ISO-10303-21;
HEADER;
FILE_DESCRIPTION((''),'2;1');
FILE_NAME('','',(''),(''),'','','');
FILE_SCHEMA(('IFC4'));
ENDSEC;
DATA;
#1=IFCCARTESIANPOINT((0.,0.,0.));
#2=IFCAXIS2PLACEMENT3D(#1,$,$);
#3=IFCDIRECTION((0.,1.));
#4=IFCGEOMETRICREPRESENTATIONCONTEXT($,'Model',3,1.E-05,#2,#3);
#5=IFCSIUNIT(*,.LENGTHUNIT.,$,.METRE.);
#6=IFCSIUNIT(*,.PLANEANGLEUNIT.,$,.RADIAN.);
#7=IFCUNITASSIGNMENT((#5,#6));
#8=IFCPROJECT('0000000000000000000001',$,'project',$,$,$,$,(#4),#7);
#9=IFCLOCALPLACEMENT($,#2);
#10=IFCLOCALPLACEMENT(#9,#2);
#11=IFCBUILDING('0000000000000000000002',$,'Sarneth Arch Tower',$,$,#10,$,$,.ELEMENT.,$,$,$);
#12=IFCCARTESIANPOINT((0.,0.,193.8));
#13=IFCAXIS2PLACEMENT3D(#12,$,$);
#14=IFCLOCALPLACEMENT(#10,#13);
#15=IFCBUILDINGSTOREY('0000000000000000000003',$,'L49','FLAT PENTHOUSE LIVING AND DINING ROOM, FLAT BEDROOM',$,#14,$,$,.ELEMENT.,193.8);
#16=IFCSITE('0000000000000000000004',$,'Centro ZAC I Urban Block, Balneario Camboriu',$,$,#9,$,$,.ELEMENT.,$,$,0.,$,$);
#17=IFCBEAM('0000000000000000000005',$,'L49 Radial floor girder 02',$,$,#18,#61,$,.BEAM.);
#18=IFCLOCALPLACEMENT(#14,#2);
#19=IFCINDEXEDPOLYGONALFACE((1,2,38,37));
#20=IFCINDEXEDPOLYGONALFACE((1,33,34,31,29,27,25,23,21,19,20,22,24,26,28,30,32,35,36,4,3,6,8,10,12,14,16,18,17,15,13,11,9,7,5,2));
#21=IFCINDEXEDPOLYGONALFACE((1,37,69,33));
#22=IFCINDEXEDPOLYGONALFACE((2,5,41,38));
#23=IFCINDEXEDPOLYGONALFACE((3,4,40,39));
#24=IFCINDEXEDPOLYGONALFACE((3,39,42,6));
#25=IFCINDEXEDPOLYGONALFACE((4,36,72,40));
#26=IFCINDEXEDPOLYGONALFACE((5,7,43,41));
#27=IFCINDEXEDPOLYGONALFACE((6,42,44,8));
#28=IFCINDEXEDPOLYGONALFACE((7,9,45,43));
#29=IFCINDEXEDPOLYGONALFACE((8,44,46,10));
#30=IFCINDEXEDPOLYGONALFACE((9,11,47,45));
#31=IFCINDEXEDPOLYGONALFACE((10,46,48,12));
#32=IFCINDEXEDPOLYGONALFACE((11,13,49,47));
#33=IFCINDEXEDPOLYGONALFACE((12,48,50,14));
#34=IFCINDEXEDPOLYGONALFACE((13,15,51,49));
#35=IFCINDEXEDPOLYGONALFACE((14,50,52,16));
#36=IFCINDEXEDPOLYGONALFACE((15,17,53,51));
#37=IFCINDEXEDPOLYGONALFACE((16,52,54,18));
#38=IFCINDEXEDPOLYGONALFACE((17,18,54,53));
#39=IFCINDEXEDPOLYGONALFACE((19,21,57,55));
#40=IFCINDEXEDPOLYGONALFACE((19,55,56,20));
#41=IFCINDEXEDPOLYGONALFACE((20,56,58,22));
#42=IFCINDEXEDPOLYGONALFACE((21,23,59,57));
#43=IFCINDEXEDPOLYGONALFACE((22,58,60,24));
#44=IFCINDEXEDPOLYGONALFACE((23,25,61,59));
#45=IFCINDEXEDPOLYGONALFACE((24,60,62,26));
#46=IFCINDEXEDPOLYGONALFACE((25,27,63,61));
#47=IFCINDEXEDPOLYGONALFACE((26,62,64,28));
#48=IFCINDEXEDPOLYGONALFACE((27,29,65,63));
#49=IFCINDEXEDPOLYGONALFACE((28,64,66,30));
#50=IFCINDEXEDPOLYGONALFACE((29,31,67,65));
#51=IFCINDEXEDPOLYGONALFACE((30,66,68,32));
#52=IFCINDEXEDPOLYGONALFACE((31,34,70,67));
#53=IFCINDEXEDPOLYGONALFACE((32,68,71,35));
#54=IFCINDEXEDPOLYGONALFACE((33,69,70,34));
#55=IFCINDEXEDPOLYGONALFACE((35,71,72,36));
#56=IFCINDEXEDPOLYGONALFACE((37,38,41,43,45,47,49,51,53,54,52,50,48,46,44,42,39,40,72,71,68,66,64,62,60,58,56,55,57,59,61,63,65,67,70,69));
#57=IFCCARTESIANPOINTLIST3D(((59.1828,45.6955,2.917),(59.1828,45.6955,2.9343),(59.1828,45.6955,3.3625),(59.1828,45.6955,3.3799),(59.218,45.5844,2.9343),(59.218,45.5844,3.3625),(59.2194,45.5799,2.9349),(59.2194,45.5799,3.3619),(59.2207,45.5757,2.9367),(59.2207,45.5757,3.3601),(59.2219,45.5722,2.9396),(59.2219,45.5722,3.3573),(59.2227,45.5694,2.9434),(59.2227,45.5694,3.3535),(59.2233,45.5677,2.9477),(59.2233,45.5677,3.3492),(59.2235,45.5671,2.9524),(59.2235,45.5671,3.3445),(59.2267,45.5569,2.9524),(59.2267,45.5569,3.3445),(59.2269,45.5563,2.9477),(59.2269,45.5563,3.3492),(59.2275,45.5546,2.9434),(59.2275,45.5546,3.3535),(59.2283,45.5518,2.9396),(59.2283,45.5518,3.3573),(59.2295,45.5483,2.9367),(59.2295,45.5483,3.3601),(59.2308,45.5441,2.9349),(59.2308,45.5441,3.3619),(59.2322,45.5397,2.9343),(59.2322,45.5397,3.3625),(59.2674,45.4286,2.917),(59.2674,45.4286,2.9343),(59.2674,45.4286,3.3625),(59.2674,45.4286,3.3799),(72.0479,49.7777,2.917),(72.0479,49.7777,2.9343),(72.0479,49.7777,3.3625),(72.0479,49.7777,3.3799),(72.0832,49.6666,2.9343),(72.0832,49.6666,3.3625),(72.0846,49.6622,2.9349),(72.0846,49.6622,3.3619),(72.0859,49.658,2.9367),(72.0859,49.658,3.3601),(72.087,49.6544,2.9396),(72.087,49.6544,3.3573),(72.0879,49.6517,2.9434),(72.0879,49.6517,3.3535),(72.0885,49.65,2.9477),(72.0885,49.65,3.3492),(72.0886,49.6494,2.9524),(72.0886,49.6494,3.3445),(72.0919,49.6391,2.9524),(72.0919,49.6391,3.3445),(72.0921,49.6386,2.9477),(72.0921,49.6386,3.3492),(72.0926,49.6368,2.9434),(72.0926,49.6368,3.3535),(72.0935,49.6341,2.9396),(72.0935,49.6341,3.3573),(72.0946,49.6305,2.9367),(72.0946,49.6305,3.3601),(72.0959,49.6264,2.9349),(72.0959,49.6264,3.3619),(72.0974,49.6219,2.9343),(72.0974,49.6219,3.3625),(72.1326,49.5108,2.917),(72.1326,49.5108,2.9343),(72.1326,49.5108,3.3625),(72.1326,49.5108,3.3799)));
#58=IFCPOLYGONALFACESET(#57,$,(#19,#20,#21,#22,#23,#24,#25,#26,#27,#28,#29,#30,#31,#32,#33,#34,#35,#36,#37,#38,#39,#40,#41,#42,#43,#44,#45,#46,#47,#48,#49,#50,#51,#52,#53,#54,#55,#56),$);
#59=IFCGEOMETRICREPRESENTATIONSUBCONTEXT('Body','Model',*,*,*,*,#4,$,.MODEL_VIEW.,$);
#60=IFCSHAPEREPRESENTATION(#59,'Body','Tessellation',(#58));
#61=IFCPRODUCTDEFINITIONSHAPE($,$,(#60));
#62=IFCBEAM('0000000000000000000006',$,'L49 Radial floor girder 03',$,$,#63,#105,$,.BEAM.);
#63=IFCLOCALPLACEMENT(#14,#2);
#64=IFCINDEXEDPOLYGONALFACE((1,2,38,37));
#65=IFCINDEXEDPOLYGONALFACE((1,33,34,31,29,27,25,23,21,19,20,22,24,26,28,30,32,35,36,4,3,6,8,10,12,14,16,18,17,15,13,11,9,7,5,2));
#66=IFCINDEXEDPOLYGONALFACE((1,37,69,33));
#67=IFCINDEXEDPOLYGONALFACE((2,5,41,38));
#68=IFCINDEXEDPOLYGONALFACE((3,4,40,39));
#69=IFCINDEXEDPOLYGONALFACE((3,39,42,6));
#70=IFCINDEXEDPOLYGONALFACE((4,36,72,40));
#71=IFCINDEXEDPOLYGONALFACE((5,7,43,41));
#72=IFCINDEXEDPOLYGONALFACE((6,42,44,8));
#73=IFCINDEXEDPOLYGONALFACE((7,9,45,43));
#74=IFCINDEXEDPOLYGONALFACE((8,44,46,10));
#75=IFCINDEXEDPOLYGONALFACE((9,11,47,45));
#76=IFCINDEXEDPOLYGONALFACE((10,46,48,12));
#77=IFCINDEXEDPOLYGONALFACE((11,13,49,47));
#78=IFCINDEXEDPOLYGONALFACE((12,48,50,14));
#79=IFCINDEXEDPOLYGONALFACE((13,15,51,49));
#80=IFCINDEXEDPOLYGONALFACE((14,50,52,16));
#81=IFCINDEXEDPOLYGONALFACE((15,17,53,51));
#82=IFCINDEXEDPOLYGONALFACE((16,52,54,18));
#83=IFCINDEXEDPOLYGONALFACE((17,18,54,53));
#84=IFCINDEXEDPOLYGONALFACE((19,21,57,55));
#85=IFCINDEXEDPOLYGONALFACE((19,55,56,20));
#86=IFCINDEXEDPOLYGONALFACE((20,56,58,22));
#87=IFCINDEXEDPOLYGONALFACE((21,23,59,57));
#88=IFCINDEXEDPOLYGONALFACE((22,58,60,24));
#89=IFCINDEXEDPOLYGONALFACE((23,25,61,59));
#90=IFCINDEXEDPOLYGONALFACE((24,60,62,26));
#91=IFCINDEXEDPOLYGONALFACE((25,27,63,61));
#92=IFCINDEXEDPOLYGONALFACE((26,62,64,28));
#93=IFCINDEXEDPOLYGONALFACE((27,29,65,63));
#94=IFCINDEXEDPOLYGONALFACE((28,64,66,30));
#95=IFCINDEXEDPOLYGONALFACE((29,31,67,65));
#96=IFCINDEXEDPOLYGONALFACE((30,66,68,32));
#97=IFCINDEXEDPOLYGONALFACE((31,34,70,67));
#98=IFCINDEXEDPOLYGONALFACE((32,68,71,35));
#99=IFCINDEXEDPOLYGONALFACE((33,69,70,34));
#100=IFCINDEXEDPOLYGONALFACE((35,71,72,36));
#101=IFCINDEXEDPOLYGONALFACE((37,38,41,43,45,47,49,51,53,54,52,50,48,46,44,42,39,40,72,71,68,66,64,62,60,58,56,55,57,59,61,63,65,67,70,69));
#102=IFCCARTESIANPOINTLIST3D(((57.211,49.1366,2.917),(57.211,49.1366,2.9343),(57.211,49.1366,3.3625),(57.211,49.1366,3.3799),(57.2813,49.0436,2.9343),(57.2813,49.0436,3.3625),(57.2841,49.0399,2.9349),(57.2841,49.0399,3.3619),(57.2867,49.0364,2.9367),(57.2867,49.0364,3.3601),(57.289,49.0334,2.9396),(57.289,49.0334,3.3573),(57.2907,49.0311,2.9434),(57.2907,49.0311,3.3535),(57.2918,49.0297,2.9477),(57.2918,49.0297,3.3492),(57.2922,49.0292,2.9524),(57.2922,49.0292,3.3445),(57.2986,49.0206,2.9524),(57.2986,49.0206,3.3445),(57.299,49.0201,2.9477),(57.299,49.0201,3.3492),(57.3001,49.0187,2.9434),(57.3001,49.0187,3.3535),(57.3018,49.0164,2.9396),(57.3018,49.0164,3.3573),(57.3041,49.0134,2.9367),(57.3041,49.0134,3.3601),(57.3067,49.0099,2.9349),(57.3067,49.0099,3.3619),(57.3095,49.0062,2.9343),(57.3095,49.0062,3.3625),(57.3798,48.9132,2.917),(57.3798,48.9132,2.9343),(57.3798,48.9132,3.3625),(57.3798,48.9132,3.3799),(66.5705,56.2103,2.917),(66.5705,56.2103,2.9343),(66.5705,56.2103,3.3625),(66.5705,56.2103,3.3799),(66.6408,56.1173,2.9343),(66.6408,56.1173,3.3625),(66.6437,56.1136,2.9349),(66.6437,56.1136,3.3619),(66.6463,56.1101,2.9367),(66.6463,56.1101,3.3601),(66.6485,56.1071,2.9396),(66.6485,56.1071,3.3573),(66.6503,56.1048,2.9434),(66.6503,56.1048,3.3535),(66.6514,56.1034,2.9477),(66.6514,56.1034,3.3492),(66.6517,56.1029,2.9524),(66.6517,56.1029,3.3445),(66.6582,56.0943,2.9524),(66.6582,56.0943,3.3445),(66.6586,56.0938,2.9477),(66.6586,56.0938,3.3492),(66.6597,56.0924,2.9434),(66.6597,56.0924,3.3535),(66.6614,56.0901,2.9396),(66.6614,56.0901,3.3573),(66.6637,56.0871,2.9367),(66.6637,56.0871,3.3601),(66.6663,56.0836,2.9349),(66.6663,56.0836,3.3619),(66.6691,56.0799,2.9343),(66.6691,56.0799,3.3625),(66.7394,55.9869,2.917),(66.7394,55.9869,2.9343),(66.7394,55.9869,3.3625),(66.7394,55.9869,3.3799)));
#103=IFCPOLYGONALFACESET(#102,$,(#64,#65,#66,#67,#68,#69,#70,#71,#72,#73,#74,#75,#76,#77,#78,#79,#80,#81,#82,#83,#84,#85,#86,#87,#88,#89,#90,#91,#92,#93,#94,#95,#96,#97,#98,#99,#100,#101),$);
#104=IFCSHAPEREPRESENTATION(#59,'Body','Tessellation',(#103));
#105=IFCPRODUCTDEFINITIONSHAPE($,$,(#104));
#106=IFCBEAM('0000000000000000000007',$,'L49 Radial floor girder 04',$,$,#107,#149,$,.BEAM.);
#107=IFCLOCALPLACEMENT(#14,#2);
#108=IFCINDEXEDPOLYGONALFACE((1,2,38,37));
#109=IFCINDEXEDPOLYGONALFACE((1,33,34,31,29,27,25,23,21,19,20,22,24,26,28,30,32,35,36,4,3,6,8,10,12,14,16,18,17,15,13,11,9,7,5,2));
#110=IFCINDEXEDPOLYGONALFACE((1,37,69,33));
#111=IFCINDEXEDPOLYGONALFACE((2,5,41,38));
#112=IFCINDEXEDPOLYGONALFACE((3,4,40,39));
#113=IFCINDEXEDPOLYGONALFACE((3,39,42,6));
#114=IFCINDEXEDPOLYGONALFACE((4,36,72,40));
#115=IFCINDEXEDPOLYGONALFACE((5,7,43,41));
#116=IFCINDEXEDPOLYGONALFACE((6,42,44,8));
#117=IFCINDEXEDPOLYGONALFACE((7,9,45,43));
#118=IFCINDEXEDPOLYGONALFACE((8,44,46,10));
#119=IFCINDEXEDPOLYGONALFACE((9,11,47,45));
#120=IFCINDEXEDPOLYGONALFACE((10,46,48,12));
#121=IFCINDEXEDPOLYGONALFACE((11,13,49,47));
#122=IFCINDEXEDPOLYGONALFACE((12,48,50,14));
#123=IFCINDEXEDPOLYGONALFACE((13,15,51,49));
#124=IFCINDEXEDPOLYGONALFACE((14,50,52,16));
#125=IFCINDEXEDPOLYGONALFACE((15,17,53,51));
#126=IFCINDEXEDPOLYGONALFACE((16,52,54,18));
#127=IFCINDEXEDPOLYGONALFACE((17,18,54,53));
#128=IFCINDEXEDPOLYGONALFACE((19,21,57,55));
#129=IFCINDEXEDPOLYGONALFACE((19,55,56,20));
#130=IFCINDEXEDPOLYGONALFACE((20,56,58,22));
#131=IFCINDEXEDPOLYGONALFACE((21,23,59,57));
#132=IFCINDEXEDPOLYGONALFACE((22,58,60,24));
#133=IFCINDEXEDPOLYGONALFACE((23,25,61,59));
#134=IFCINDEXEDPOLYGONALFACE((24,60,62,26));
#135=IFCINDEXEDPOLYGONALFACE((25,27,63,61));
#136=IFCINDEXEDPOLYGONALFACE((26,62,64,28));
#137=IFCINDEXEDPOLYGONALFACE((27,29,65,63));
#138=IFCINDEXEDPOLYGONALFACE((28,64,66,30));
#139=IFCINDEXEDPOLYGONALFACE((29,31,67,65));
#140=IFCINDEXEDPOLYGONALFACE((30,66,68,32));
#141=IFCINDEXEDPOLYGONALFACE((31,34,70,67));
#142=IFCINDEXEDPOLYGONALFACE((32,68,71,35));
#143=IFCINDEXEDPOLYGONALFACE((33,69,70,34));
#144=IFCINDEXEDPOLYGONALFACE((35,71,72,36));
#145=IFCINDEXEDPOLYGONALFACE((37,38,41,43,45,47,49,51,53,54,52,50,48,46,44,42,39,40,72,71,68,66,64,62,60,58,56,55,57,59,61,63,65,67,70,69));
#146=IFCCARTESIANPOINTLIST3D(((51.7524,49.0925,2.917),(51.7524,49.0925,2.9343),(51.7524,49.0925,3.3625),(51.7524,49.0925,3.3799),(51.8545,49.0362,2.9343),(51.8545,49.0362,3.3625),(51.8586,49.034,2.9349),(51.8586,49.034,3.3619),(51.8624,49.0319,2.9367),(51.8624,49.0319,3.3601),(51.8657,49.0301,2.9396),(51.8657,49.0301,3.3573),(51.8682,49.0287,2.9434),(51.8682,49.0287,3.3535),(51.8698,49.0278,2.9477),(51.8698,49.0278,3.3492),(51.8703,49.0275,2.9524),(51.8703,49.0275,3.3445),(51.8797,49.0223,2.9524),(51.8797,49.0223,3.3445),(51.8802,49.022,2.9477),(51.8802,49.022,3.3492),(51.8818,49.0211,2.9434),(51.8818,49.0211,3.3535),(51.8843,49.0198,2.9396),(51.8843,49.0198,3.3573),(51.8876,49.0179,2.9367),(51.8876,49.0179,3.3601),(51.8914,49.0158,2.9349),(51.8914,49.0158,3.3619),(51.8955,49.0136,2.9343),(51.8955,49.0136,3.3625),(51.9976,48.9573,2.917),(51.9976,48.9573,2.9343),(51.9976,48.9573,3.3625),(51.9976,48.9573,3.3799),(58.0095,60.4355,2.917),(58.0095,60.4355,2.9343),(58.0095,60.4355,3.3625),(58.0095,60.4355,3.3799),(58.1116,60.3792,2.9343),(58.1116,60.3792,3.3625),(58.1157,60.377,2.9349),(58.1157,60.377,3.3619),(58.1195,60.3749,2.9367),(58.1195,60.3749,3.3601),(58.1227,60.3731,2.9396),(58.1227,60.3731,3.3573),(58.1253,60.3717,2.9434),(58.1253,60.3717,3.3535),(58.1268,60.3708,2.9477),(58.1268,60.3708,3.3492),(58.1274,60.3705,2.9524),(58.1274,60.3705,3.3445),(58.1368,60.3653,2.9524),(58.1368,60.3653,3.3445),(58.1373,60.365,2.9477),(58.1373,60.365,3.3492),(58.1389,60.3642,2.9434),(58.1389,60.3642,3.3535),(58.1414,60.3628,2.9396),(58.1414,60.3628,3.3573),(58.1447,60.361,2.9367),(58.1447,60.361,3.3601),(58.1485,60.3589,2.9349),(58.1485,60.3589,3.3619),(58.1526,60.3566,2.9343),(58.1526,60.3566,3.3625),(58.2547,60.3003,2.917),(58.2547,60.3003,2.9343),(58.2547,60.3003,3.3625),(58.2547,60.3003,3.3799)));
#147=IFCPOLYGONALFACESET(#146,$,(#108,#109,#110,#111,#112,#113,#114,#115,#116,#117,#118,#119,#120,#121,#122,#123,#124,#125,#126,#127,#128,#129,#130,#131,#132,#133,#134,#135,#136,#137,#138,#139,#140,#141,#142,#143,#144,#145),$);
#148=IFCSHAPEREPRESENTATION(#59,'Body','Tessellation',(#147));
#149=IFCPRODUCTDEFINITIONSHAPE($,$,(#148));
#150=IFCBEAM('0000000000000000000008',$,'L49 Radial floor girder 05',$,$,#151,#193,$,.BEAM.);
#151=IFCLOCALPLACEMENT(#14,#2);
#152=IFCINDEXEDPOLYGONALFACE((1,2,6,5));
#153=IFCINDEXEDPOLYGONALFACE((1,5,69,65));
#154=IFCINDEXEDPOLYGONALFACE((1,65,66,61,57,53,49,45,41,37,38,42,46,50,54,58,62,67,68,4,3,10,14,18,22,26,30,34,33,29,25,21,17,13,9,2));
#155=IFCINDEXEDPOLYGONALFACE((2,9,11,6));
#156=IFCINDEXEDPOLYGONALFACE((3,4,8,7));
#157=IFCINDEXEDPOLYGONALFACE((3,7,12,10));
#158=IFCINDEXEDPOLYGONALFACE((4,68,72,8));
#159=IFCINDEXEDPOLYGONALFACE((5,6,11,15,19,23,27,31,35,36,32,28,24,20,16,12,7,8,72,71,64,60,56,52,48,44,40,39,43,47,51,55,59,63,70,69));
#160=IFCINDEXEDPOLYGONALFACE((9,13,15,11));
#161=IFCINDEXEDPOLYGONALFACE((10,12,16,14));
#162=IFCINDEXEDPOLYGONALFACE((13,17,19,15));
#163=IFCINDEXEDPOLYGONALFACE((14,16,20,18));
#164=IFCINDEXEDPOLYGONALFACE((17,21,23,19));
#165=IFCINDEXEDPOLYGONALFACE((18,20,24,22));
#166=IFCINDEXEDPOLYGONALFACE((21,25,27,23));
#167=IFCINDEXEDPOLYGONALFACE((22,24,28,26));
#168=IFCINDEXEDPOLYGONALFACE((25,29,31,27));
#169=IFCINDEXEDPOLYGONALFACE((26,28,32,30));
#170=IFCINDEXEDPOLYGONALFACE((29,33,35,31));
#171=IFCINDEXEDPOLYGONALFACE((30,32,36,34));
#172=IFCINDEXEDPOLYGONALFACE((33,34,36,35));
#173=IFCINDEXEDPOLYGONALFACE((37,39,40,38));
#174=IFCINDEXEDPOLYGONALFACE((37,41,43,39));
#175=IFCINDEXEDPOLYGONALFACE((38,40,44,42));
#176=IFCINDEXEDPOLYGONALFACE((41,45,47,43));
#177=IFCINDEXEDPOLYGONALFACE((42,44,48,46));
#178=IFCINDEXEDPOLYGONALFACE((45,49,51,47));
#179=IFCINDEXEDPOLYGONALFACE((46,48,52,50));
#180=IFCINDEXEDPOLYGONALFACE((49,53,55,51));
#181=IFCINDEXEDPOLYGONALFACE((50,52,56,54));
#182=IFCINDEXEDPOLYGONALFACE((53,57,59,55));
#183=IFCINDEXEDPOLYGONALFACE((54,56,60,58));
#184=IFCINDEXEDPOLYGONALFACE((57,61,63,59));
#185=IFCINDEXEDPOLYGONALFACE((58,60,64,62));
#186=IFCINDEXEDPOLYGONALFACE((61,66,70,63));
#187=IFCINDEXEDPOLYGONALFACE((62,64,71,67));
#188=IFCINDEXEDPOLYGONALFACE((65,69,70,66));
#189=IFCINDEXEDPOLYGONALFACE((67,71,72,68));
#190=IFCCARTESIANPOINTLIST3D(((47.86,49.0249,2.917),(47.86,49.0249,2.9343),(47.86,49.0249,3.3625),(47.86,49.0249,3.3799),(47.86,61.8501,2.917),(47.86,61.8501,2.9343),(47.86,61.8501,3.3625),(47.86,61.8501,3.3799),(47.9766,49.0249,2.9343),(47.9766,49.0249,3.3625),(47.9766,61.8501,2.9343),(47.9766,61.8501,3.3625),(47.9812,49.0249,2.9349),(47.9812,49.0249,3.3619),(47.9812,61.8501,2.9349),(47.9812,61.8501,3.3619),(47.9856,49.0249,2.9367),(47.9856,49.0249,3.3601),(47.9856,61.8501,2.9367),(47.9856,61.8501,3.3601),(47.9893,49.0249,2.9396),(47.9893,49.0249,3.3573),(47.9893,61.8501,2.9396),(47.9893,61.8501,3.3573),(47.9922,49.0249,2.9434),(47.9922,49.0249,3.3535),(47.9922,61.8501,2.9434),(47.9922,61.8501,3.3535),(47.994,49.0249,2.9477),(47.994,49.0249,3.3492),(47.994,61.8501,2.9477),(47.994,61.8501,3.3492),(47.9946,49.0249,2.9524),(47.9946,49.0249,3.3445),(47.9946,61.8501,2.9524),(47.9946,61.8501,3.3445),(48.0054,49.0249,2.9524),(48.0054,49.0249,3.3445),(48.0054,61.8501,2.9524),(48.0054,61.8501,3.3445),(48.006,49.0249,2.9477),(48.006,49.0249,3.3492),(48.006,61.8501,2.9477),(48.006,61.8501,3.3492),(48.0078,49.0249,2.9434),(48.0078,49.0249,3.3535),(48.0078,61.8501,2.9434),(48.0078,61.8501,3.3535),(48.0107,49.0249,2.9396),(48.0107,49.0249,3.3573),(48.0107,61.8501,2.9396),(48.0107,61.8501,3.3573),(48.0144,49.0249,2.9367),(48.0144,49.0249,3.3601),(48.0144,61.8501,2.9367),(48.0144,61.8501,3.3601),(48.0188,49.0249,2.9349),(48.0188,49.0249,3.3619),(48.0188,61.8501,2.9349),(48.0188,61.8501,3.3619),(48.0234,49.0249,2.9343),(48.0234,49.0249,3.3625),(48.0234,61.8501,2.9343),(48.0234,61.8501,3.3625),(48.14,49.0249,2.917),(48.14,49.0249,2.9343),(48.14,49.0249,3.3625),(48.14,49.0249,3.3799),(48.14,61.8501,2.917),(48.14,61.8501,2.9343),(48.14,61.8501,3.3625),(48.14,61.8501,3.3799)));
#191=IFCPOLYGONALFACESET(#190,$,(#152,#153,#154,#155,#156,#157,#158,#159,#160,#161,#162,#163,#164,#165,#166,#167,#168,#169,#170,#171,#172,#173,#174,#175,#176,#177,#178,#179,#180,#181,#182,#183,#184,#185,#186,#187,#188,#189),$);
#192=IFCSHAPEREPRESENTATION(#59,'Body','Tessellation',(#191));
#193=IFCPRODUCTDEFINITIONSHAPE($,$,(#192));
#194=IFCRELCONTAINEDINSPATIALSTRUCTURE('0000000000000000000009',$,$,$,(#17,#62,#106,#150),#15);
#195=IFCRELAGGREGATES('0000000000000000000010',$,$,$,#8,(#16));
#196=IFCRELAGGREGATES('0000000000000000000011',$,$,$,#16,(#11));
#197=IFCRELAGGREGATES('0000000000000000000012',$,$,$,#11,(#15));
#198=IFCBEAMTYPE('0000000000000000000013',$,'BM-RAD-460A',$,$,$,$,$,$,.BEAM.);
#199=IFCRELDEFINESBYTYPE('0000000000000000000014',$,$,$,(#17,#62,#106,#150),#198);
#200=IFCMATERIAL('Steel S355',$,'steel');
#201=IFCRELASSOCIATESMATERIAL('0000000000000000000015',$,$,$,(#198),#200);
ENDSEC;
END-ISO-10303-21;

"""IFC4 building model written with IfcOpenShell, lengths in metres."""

from ifc_helpers import new_model, si_unit, direction, frame, origin, origin_2d, place, context, subcontext, project, spatial, i_section, extrude, material, material_profile, profile_set, type_object, element, save


model = new_model("IFC4")

# Units and contexts
model_context = context("Model", 3, precision=1e-05, world=origin(), true_north=direction((0.0, 1.0)))
body_context = subcontext(model_context, "Body", "Model", "MODEL_VIEW")
ifc_project = project(units=[si_unit("LENGTHUNIT", "METRE"), si_unit("PLANEANGLEUNIT", "RADIAN")], contexts=[model_context])

# Site, building, storey
site_placement = place(None, origin())
site = spatial("IfcSite", under=ifc_project, at=site_placement, Name="Centro ZAC I Urban Block, Balneario Camboriu", CompositionType="ELEMENT", RefElevation=0.0)
building_placement = place(site_placement, origin())
building = spatial("IfcBuilding", under=site, at=building_placement, Name="Sarneth Arch Tower", CompositionType="ELEMENT")
storey_placement = place(building_placement, frame((0.0, 0.0, 193.8)))
storey = spatial("IfcBuildingStorey", under=building, at=storey_placement, Name="L49", Description="FLAT PENTHOUSE LIVING AND DINING ROOM, FLAT BEDROOM", CompositionType="ELEMENT", Elevation=193.8)

# Beams
ifc_material_1 = material(Name="Steel S355", Category="steel")
ifc_material_profile_1 = material_profile(ifc_material_1, i_section(OverallWidth=0.28, OverallDepth=0.4629, WebThickness=0.0107, FlangeThickness=0.0173, FilletRadius=0.0181, at=origin_2d()), Name="W460x113")
ifc_profile_set_1 = profile_set([ifc_material_profile_1], Name="Steel S355")
beam_type_1 = type_object("IfcBeamType", Name="BM-RAD-460A", PredefinedType="BEAM", material=ifc_profile_set_1)
beam_1_placement = place(storey_placement, frame((59.2251, 45.562, 3.1484), z_axis=(0.953165, 0.302449, 0.0), x_axis=(-0.302449, 0.953165, 0.0)))
element("IfcBeam", 1, at=beam_1_placement, inside=storey, type_object=beam_type_1, Name="L49 Radial floor girder 02", PredefinedType="BEAM", context=body_context, shape_type="SweptSolid", body=[
    extrude(i_section(OverallWidth=0.28, OverallDepth=0.4629, WebThickness=0.0107, FlangeThickness=0.0173, FilletRadius=0.0181, at=origin_2d()), origin(), (0.0, 0.0, 1.0), 13.4973),
])
beam_2_placement = place(storey_placement, frame((57.2954, 49.0249, 3.1484), z_axis=(0.797785, 0.602943, 0.0), x_axis=(-0.602943, 0.797785, 0.0)))
element("IfcBeam", 2, at=beam_2_placement, inside=storey, type_object=beam_type_1, Name="L49 Radial floor girder 03", PredefinedType="BEAM", context=body_context, shape_type="SweptSolid", body=[
    extrude(i_section(OverallWidth=0.28, OverallDepth=0.4629, WebThickness=0.0107, FlangeThickness=0.0173, FilletRadius=0.0181, at=origin_2d()), origin(), (0.0, 0.0, 1.0), 11.7319),
])
beam_3_placement = place(storey_placement, frame((51.875, 49.0249, 3.1484), z_axis=(0.48301, 0.875615, 0.0), x_axis=(-0.875615, 0.48301, 0.0)))
element("IfcBeam", 3, at=beam_3_placement, inside=storey, type_object=beam_type_1, Name="L49 Radial floor girder 04", PredefinedType="BEAM", context=body_context, shape_type="SweptSolid", body=[
    extrude(i_section(OverallWidth=0.28, OverallDepth=0.4629, WebThickness=0.0107, FlangeThickness=0.0173, FilletRadius=0.0181, at=origin_2d()), origin(), (0.0, 0.0, 1.0), 12.9543),
])
beam_4_placement = place(storey_placement, frame((48.0, 49.0249, 3.1484), z_axis=(0.0, 1.0, 0.0), x_axis=(-1.0, 0.0, 0.0)))
element("IfcBeam", 4, at=beam_4_placement, inside=storey, type_object=beam_type_1, Name="L49 Radial floor girder 05", PredefinedType="BEAM", context=body_context, shape_type="SweptSolid", body=[
    extrude(i_section(OverallWidth=0.28, OverallDepth=0.4629, WebThickness=0.0107, FlangeThickness=0.0173, FilletRadius=0.0181, at=origin_2d()), origin(), (0.0, 0.0, 1.0), 12.8252),
])

save(model, "model.ifc")
